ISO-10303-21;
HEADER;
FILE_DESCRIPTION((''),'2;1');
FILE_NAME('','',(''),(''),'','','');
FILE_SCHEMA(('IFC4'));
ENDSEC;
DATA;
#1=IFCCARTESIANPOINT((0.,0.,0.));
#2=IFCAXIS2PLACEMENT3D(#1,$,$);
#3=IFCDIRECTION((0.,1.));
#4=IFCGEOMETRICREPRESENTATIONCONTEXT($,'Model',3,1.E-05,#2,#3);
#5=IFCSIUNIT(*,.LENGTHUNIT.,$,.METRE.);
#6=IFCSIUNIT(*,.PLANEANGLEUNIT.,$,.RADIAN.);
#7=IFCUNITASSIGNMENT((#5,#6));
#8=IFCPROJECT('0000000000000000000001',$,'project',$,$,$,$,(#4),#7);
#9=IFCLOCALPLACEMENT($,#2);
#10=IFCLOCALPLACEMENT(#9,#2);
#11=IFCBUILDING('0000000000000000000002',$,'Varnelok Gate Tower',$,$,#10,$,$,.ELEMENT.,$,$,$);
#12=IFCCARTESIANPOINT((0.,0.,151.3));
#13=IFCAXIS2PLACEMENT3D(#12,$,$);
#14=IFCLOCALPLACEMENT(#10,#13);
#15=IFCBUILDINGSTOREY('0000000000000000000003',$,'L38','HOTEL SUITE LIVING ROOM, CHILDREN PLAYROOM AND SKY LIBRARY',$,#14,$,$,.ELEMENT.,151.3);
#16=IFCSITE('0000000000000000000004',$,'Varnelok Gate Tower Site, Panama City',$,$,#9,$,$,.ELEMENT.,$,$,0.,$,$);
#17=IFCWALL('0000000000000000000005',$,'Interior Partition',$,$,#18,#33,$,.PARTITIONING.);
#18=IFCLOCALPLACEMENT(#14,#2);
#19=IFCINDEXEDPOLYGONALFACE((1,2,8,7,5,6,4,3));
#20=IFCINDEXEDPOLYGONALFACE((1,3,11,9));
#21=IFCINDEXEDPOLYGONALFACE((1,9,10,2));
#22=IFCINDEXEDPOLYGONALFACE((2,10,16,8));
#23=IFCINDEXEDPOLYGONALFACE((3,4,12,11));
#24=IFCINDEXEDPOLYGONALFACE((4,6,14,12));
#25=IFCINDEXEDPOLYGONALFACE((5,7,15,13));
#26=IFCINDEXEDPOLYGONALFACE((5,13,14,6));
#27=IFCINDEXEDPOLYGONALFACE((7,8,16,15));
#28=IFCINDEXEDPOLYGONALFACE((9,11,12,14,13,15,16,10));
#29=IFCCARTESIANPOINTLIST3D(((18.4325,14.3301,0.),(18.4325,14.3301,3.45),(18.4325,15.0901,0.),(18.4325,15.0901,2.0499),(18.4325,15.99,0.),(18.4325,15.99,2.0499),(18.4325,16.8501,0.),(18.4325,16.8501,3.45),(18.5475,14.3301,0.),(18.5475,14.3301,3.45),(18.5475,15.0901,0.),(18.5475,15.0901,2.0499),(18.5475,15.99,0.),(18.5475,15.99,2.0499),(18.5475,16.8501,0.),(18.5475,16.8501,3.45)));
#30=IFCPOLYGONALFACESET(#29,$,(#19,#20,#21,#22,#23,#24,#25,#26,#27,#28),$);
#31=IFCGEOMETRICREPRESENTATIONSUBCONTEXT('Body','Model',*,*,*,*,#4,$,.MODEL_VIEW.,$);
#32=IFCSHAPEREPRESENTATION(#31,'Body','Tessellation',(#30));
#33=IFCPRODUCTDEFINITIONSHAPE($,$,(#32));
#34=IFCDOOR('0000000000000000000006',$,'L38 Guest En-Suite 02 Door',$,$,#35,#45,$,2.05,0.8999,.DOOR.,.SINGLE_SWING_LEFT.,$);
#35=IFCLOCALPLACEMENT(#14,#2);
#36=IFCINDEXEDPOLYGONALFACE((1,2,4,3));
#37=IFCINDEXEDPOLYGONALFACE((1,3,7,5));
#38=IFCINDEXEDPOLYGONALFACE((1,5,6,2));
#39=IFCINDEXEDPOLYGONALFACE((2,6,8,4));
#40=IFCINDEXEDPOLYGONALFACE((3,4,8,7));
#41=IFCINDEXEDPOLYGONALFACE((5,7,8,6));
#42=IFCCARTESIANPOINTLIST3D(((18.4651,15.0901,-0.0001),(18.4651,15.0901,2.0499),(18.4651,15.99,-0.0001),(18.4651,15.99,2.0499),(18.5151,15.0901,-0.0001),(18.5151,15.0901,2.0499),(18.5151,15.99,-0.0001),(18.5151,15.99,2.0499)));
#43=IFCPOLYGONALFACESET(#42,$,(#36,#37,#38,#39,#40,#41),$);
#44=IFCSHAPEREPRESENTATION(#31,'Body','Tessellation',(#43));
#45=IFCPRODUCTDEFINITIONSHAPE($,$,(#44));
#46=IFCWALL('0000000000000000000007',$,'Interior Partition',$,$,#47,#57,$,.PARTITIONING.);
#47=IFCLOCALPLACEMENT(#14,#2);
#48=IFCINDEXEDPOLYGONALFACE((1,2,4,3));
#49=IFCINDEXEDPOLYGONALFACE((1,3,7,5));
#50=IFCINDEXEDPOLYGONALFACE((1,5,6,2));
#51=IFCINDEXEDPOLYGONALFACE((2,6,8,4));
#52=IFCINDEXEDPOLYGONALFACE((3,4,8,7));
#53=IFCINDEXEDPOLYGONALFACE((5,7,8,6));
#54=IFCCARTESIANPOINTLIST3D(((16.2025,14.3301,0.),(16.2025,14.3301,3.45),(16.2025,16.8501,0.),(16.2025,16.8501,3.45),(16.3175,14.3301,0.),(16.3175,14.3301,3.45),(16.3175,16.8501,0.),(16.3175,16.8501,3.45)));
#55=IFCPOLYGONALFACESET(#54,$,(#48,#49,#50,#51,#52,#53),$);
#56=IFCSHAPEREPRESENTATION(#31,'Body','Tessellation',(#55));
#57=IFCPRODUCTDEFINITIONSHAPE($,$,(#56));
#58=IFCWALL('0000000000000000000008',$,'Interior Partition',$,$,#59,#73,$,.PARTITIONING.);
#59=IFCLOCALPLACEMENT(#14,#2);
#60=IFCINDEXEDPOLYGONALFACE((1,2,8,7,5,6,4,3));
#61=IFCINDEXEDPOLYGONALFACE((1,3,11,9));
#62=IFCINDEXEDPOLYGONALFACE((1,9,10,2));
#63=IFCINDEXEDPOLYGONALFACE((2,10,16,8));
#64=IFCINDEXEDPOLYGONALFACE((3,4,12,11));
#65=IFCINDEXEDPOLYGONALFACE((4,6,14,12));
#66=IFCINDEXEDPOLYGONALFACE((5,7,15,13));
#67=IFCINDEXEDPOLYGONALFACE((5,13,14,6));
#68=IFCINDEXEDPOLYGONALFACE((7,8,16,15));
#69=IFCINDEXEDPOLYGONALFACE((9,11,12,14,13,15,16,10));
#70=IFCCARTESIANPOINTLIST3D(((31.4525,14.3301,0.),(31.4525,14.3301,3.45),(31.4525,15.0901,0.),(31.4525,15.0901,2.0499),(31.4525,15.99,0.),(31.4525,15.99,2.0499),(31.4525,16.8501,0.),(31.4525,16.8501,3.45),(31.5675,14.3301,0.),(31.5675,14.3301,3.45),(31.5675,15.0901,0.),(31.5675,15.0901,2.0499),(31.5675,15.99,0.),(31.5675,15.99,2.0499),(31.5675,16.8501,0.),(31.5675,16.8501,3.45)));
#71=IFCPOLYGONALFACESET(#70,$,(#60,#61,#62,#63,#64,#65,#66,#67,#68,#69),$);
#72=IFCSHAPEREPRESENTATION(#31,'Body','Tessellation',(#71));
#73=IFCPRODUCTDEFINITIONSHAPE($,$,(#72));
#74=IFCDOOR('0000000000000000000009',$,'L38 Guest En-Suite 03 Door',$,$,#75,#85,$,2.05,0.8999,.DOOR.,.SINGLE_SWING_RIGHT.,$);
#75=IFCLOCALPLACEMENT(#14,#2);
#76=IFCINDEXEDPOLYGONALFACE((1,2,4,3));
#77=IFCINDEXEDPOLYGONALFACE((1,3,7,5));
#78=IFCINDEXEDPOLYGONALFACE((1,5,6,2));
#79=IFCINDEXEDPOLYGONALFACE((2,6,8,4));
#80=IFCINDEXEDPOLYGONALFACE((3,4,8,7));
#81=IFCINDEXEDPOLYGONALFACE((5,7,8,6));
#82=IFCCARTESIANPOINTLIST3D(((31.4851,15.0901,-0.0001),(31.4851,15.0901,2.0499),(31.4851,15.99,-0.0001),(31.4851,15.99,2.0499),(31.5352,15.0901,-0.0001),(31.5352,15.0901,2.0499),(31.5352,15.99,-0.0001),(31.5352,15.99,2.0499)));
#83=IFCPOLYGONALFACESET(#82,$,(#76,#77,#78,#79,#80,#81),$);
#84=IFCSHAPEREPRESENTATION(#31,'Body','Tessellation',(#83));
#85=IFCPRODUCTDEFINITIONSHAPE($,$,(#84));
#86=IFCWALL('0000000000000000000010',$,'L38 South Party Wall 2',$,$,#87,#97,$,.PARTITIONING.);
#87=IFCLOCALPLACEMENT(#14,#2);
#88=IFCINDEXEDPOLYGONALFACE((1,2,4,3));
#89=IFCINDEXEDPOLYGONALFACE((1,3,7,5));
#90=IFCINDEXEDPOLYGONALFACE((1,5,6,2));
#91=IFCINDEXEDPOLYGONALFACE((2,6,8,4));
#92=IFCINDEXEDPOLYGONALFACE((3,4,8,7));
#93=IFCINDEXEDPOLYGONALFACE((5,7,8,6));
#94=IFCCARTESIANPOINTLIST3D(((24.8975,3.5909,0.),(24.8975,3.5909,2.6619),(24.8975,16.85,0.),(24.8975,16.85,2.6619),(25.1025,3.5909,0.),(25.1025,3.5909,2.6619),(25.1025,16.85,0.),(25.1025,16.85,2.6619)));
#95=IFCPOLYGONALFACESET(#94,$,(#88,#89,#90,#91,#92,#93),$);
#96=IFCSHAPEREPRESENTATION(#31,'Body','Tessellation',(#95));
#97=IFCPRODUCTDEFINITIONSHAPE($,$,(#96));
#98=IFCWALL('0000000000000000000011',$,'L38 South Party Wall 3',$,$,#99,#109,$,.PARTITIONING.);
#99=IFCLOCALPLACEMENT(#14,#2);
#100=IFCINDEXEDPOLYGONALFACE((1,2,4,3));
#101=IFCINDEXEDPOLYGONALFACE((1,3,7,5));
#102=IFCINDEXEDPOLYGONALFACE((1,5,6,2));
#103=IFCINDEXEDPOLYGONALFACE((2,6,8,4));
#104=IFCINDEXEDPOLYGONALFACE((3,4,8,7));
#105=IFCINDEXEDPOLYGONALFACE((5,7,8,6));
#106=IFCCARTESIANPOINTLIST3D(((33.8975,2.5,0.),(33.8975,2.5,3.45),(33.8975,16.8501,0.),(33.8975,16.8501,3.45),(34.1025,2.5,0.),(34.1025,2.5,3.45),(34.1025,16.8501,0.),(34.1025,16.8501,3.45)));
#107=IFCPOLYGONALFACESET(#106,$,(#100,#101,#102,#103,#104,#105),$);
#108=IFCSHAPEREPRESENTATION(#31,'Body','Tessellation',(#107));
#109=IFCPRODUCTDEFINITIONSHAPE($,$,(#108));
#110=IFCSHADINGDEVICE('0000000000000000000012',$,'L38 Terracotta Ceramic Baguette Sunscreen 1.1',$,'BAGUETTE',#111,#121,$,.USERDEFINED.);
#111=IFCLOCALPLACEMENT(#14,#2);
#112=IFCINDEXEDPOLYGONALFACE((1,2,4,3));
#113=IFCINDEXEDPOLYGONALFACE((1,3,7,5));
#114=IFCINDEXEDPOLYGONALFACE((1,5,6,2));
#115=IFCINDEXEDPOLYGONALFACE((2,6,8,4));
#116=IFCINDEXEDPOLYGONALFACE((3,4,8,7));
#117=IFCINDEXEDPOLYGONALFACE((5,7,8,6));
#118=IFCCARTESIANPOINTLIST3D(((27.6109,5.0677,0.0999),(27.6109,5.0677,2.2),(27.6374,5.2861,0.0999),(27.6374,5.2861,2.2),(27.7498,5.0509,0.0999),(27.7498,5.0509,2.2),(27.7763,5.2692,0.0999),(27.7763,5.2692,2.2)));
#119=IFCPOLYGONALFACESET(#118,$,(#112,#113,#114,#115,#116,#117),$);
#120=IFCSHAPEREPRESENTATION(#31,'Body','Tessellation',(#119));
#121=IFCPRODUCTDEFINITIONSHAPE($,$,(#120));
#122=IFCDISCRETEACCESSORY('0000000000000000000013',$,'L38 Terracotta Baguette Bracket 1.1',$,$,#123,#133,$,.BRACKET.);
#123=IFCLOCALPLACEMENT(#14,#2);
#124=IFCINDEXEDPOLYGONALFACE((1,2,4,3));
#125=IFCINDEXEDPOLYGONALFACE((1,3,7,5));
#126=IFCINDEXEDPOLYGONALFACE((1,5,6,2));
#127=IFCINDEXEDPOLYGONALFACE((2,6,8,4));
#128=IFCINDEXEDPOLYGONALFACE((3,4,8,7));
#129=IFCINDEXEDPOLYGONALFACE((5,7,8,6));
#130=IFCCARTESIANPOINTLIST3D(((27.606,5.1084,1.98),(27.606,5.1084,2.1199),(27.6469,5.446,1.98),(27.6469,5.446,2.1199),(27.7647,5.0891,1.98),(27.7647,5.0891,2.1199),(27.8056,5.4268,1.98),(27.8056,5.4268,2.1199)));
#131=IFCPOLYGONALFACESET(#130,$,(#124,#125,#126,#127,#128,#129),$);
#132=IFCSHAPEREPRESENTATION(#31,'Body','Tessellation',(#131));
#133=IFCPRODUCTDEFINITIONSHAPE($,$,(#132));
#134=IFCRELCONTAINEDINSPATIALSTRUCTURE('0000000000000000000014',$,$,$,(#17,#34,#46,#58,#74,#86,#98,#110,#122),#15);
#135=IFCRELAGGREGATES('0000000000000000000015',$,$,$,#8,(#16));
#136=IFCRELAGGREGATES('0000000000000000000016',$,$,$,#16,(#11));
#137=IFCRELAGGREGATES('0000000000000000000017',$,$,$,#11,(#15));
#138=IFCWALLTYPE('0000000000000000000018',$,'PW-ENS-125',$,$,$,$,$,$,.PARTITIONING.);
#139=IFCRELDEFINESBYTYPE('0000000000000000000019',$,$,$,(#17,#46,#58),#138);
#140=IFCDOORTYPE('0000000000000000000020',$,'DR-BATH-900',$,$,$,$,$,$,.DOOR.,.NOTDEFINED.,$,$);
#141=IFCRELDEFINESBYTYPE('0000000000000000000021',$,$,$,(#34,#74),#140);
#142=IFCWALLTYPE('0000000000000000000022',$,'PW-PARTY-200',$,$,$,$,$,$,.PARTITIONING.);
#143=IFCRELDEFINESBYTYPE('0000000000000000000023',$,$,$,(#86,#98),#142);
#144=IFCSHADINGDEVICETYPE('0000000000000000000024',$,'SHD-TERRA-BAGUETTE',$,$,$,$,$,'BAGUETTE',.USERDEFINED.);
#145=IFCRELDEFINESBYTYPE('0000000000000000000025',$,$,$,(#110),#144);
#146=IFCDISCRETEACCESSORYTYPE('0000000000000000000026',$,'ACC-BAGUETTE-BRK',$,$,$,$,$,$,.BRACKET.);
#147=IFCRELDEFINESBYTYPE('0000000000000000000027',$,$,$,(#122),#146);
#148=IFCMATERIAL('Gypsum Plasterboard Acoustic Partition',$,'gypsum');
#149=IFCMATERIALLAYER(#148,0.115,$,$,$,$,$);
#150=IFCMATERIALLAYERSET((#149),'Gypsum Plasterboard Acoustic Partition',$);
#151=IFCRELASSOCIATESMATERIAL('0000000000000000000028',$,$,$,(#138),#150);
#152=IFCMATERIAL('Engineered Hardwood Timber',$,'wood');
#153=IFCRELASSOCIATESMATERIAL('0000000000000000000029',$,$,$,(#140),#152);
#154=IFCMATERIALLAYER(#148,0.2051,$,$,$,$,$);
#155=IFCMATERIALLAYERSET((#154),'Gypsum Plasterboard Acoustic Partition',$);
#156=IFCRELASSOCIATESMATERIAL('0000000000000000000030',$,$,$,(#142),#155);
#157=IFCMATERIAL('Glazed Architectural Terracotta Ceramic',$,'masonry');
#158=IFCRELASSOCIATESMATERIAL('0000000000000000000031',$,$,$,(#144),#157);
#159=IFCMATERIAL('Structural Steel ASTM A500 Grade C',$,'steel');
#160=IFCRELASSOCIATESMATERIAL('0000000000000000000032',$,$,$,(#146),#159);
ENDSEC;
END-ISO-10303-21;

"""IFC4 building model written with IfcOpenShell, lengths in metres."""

from ifc_helpers import new_model, si_unit, direction, frame, frame_2d, origin, origin_2d, place, context, subcontext, project, spatial, rectangle, extrude, source, transform, mapped, material, layer, layer_set, type_object, element, fill, save


model = new_model("IFC4")

# Units and contexts
model_context = context("Model", 3, precision=1e-05, world=origin(), true_north=direction((0.0, 1.0)))
body_context = subcontext(model_context, "Body", "Model", "MODEL_VIEW")
ifc_project = project(units=[si_unit("LENGTHUNIT", "METRE"), si_unit("PLANEANGLEUNIT", "RADIAN")], contexts=[model_context])

# Site, building, storey
site_placement = place(None, origin())
site = spatial("IfcSite", under=ifc_project, at=site_placement, Name="Varnelok Gate Tower Site, Panama City", CompositionType="ELEMENT", RefElevation=0.0)
building_placement = place(site_placement, origin())
building = spatial("IfcBuilding", under=site, at=building_placement, Name="Varnelok Gate Tower", CompositionType="ELEMENT")
storey_placement = place(building_placement, frame((0.0, 0.0, 151.3)))
storey = spatial("IfcBuildingStorey", under=building, at=storey_placement, Name="L38", Description="HOTEL SUITE LIVING ROOM, CHILDREN PLAYROOM AND SKY LIBRARY", CompositionType="ELEMENT", Elevation=151.3)

# Shared definitions
ifc_material_1 = material(Name="Gypsum Plasterboard Acoustic Partition", Category="gypsum")
ifc_layer_1 = layer(ifc_material_1, 0.115)
ifc_layer_set_1 = layer_set([ifc_layer_1], Name="Gypsum Plasterboard Acoustic Partition")
wall_type_1 = type_object("IfcWallType", Name="PW-ENS-125", PredefinedType="PARTITIONING", material=ifc_layer_set_1)

# Wall, opening, door
wall_1_placement = place(storey_placement, frame((18.49, 14.3301, 0.0), z_axis=(0.0, 0.0, 1.0), x_axis=(0.0, 1.0, 0.0)))
wall_1 = element("IfcWall", 1, at=wall_1_placement, inside=storey, type_object=wall_type_1, Name="Interior Partition", PredefinedType="PARTITIONING", context=body_context, shape_type="SweptSolid", body=[
    extrude(rectangle(XDim=2.52, YDim=0.115, at=frame_2d((1.26, 0.0))), origin(), (0.0, 0.0, 1.0), 3.45),
])
opening_1_placement = place(wall_1_placement, frame((0.76, 0.0, 0.0)))
opening_1 = element("IfcOpeningElement", 2, at=opening_1_placement, cuts=wall_1, PredefinedType="OPENING", context=body_context, shape_type="SweptSolid", body=[
    extrude(rectangle(XDim=0.8999, YDim=2.05, at=frame_2d((0.45, 1.0249))), frame((0.0, 0.0674, 0.0), z_axis=(0.0, -1.0, 0.0), x_axis=(1.0, 0.0, 0.0)), (0.0, 0.0, 1.0), 0.135),
])
ifc_material_2 = material(Name="Engineered Hardwood Timber", Category="wood")
door_type_1 = type_object("IfcDoorType", Name="DR-BATH-900", OperationType="NOTDEFINED", PredefinedType="DOOR", material=ifc_material_2)
door_1_placement = place(opening_1_placement, origin())
door_1 = element("IfcDoor", 3, at=door_1_placement, inside=storey, type_object=door_type_1, Name="L38 Guest En-Suite 02 Door", OperationType="SINGLE_SWING_LEFT", OverallHeight=2.05, OverallWidth=0.8999, PredefinedType="DOOR", context=body_context, shape_type="SweptSolid", body=[
    extrude(rectangle(XDim=0.8999, YDim=2.05, at=frame_2d((0.45, 1.0249))), frame((0.0, 0.0249, 0.0), z_axis=(0.0, -1.0, 0.0), x_axis=(1.0, 0.0, 0.0)), (0.0, 0.0, 1.0), 0.05),
])
fill(opening_1, door_1)

# Wall
wall_2_placement = place(storey_placement, frame((16.26, 14.3301, 0.0), z_axis=(0.0, 0.0, 1.0), x_axis=(0.0, 1.0, 0.0)))
element("IfcWall", 4, at=wall_2_placement, inside=storey, type_object=wall_type_1, Name="Interior Partition", PredefinedType="PARTITIONING", context=body_context, shape_type="SweptSolid", body=[
    extrude(rectangle(XDim=2.52, YDim=0.115, at=frame_2d((1.26, 0.0))), origin(), (0.0, 0.0, 1.0), 3.45),
])

# Wall, opening, door
wall_3_placement = place(storey_placement, frame((31.51, 14.3301, 0.0), z_axis=(0.0, 0.0, 1.0), x_axis=(0.0, 1.0, 0.0)))
wall_3 = element("IfcWall", 5, at=wall_3_placement, inside=storey, type_object=wall_type_1, Name="Interior Partition", PredefinedType="PARTITIONING", context=body_context, shape_type="SweptSolid", body=[
    extrude(rectangle(XDim=2.52, YDim=0.115, at=frame_2d((1.26, 0.0))), origin(), (0.0, 0.0, 1.0), 3.45),
])
opening_2_placement = place(wall_3_placement, frame((0.76, 0.0, 0.0)))
opening_2 = element("IfcOpeningElement", 6, at=opening_2_placement, cuts=wall_3, PredefinedType="OPENING", context=body_context, shape_type="SweptSolid", body=[
    extrude(rectangle(XDim=0.8999, YDim=2.05, at=frame_2d((0.45, 1.0249))), frame((0.0, 0.0674, 0.0), z_axis=(0.0, -1.0, 0.0), x_axis=(1.0, 0.0, 0.0)), (0.0, 0.0, 1.0), 0.135),
])
door_2_placement = place(opening_2_placement, origin())
door_2 = element("IfcDoor", 7, at=door_2_placement, inside=storey, type_object=door_type_1, Name="L38 Guest En-Suite 03 Door", OperationType="SINGLE_SWING_RIGHT", OverallHeight=2.05, OverallWidth=0.8999, PredefinedType="DOOR", context=body_context, shape_type="SweptSolid", body=[
    extrude(rectangle(XDim=0.8999, YDim=2.05, at=frame_2d((0.45, 1.0249))), frame((0.0, 0.0249, 0.0), z_axis=(0.0, -1.0, 0.0), x_axis=(1.0, 0.0, 0.0)), (0.0, 0.0, 1.0), 0.05),
])
fill(opening_2, door_2)

# Walls
ifc_layer_2 = layer(ifc_material_1, 0.2051)
ifc_layer_set_2 = layer_set([ifc_layer_2], Name="Gypsum Plasterboard Acoustic Partition")
wall_type_2 = type_object("IfcWallType", Name="PW-PARTY-200", PredefinedType="PARTITIONING", material=ifc_layer_set_2)
wall_4_placement = place(storey_placement, frame((25.0, 3.5911, 0.0), z_axis=(0.0, 0.0, 1.0), x_axis=(0.0, 1.0, 0.0)))
element("IfcWall", 8, at=wall_4_placement, inside=storey, type_object=wall_type_2, Name="L38 South Party Wall 2", PredefinedType="PARTITIONING", context=body_context, shape_type="SweptSolid", body=[
    extrude(rectangle(XDim=13.259, YDim=0.2051, at=frame_2d((6.6294, 0.0))), origin(), (0.0, 0.0, 1.0), 2.6619),
])
wall_5_placement = place(storey_placement, frame((34.0, 2.5, 0.0), z_axis=(0.0, 0.0, 1.0), x_axis=(0.0, 1.0, 0.0)))
element("IfcWall", 9, at=wall_5_placement, inside=storey, type_object=wall_type_2, Name="L38 South Party Wall 3", PredefinedType="PARTITIONING", context=body_context, shape_type="SweptSolid", body=[
    extrude(rectangle(XDim=14.3501, YDim=0.2051, at=frame_2d((7.175, 0.0))), origin(), (0.0, 0.0, 1.0), 3.45),
])

# Shading device
ifc_material_3 = material(Name="Glazed Architectural Terracotta Ceramic", Category="masonry")
shading_device_type = type_object("IfcShadingDeviceType", Name="SHD-TERRA-BAGUETTE", ElementType="BAGUETTE", PredefinedType="USERDEFINED", material=ifc_material_3)
shared_shape_1 = source(origin(), body_context, "Body", "SweptSolid", [
    extrude(rectangle(XDim=0.1399, YDim=0.22, at=origin_2d()), origin(), (0.0, 0.0, 1.0), 2.1001),
])
shading_device_placement = place(storey_placement, frame((27.6936, 5.1685, 0.0999), z_axis=(0.0, 0.0, 1.0), x_axis=(0.992732, -0.120345, 0.0)))
element("IfcShadingDevice", 10, at=shading_device_placement, inside=storey, type_object=shading_device_type, Name="L38 Terracotta Ceramic Baguette Sunscreen 1.1", ObjectType="BAGUETTE", PredefinedType="USERDEFINED", context=body_context, shape_type="MappedRepresentation", body=[
    mapped(shared_shape_1, transform((0.0, 0.0, 0.0), scale=1.0)),
])

# Discrete accessory
ifc_material_4 = material(Name="Structural Steel ASTM A500 Grade C", Category="steel")
discrete_accessory_type = type_object("IfcDiscreteAccessoryType", Name="ACC-BAGUETTE-BRK", PredefinedType="BRACKET", material=ifc_material_4)
shared_shape_2 = source(origin(), body_context, "Body", "SweptSolid", [
    extrude(rectangle(XDim=0.1599, YDim=0.3401, at=origin_2d()), origin(), (0.0, 0.0, 1.0), 0.1399),
])
discrete_accessory_placement = place(storey_placement, frame((27.7058, 5.2676, 1.98), z_axis=(0.0, 0.0, 1.0), x_axis=(0.992732, -0.120345, 0.0)))
element("IfcDiscreteAccessory", 11, at=discrete_accessory_placement, inside=storey, type_object=discrete_accessory_type, Name="L38 Terracotta Baguette Bracket 1.1", PredefinedType="BRACKET", context=body_context, shape_type="MappedRepresentation", body=[
    mapped(shared_shape_2, transform((0.0, 0.0, 0.0), scale=1.0)),
])

save(model, "model.ifc")
